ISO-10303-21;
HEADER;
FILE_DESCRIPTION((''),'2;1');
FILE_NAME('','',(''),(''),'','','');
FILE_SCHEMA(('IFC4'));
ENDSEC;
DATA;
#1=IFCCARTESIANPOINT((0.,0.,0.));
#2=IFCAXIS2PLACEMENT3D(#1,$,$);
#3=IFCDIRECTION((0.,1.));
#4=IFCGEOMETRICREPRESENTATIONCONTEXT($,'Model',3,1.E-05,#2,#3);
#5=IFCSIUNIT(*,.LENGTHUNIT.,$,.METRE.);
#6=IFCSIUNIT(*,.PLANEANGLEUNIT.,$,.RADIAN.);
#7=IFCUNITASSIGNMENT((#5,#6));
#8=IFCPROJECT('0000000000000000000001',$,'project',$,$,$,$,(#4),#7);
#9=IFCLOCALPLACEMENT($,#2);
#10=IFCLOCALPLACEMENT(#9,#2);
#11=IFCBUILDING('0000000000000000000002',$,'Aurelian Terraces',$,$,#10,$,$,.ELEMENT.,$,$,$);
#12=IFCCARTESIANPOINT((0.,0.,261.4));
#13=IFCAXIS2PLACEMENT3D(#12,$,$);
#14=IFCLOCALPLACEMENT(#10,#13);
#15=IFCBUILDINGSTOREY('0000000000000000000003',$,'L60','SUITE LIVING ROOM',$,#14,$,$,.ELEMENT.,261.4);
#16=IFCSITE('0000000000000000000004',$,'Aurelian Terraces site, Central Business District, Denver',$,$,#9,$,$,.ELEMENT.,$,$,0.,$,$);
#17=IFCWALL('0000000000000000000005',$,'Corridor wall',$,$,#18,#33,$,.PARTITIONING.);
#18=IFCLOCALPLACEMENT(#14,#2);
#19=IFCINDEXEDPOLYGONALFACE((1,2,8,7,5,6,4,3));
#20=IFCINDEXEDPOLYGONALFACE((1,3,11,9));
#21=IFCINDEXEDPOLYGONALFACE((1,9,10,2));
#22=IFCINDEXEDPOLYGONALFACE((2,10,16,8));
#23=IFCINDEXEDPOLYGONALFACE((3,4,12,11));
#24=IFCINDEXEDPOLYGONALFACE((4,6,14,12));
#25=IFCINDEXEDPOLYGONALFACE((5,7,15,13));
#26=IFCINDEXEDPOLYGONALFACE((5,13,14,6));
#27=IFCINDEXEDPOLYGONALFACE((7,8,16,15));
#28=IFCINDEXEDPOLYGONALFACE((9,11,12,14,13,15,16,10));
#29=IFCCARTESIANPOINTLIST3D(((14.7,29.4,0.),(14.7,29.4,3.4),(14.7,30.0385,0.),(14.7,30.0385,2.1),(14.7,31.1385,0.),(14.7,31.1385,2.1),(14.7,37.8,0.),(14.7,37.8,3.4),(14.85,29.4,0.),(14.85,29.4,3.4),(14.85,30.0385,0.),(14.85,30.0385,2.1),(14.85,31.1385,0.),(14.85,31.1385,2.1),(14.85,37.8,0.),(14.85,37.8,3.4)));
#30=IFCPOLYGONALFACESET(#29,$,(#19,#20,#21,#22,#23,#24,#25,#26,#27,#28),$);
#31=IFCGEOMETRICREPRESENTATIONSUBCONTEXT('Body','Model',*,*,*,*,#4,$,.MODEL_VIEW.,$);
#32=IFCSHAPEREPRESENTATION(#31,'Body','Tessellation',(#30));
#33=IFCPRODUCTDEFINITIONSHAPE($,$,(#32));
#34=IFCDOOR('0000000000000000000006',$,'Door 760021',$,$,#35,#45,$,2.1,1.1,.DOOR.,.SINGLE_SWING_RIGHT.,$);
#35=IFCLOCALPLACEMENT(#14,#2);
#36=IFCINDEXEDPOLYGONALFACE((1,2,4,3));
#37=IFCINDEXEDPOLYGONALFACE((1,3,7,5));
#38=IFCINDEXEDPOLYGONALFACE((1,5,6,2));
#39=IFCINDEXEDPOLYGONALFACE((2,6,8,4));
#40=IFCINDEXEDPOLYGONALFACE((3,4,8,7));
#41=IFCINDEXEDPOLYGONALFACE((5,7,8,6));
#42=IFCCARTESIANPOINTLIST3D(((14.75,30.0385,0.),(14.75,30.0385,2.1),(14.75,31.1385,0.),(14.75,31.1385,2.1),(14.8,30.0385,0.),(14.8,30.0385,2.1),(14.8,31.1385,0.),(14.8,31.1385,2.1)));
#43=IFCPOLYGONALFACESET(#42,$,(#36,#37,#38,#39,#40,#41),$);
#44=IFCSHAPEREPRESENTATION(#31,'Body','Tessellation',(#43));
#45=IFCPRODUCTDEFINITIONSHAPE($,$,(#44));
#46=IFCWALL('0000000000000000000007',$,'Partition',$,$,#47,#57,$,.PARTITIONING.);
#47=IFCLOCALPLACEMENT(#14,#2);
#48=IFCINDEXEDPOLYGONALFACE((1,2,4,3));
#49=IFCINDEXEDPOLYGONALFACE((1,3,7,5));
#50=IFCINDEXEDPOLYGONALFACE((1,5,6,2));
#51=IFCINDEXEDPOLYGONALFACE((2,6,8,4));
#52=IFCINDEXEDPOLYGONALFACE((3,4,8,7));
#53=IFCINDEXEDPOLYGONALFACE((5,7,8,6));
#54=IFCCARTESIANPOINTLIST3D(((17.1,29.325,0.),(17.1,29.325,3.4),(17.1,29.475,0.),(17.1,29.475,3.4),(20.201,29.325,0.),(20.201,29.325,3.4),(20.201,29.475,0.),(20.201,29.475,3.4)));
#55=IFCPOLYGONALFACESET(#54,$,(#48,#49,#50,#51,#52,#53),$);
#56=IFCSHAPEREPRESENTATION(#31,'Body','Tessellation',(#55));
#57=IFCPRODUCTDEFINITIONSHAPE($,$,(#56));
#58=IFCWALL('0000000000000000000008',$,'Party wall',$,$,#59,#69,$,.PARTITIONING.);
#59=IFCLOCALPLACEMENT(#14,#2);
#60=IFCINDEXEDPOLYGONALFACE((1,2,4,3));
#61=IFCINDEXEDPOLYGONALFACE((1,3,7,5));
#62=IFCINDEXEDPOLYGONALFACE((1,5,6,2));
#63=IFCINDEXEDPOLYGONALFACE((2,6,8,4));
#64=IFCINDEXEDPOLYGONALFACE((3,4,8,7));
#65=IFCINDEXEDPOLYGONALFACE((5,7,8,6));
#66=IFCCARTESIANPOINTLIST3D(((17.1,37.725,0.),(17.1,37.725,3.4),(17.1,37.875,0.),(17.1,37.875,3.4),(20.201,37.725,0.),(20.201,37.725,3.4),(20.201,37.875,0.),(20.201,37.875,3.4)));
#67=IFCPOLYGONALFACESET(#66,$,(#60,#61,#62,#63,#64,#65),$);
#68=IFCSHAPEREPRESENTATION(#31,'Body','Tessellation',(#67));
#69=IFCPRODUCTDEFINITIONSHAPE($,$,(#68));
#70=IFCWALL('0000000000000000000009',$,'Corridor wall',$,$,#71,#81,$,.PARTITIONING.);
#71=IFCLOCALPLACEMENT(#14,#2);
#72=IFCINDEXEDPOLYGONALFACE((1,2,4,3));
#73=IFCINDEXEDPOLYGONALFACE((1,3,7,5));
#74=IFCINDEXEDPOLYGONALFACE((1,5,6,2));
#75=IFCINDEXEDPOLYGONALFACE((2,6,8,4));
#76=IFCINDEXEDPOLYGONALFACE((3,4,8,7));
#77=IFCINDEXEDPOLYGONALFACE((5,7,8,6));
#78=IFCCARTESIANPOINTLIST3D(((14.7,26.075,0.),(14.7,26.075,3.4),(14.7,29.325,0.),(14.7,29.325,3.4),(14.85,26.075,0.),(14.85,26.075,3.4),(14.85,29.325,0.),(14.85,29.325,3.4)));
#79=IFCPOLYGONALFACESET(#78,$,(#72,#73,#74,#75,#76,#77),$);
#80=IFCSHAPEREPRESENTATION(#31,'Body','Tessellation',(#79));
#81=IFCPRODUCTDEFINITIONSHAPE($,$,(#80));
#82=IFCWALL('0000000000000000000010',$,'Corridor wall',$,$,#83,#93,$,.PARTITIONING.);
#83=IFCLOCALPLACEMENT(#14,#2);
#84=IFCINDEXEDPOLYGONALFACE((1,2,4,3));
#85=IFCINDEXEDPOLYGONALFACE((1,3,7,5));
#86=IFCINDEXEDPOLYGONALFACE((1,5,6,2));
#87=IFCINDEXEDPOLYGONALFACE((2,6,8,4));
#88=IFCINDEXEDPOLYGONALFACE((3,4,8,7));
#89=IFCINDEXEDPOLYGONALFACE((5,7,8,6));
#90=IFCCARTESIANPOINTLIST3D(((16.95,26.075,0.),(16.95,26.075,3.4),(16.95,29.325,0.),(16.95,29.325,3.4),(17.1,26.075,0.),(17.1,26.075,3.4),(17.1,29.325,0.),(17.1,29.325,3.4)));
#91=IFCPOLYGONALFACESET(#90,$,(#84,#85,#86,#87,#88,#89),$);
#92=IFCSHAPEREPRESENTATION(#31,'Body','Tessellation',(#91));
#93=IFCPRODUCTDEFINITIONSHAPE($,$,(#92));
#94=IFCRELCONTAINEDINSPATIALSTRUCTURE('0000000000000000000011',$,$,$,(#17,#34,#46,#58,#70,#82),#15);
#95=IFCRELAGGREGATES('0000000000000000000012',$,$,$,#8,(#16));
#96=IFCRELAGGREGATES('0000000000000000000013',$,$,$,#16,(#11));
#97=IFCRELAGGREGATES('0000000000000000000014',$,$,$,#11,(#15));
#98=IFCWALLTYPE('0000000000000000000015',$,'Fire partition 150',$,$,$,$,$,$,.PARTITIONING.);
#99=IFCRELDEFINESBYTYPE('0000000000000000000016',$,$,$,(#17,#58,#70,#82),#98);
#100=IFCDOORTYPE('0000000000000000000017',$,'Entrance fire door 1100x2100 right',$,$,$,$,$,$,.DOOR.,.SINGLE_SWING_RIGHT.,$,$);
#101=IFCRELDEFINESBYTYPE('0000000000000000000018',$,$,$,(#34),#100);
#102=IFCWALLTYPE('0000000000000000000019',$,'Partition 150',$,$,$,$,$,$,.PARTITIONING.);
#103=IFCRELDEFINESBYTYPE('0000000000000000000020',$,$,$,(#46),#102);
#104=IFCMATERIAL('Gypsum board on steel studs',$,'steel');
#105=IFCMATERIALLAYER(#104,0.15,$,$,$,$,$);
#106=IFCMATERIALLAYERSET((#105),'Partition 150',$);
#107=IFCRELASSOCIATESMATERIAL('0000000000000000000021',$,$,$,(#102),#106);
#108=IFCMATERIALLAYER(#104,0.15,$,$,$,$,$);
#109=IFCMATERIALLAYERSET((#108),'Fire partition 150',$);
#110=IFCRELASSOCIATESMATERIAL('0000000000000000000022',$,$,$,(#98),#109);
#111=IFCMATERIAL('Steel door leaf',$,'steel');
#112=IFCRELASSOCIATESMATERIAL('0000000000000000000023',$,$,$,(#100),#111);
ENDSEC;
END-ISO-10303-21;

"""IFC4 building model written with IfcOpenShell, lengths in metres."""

from ifc_helpers import new_model, si_unit, direction, frame, frame_2d, origin, place, context, subcontext, project, spatial, rectangle, extrude, source, transform, mapped, material, layer, layer_set, type_object, element, fill, save


model = new_model("IFC4")

# Units and contexts
model_context = context("Model", 3, precision=1e-05, world=origin(), true_north=direction((0.0, 1.0)))
body_context = subcontext(model_context, "Body", "Model", "MODEL_VIEW")
ifc_project = project(units=[si_unit("LENGTHUNIT", "METRE"), si_unit("PLANEANGLEUNIT", "RADIAN")], contexts=[model_context])

# Site, building, storey
site_placement = place(None, origin())
site = spatial("IfcSite", under=ifc_project, at=site_placement, Name="Aurelian Terraces site, Central Business District, Denver", CompositionType="ELEMENT", RefElevation=0.0)
building_placement = place(site_placement, origin())
building = spatial("IfcBuilding", under=site, at=building_placement, Name="Aurelian Terraces", CompositionType="ELEMENT")
storey_placement = place(building_placement, frame((0.0, 0.0, 261.4)))
storey = spatial("IfcBuildingStorey", under=building, at=storey_placement, Name="L60", Description="SUITE LIVING ROOM", CompositionType="ELEMENT", Elevation=261.4)

# Wall, opening, door
ifc_material_1 = material(Name="Gypsum board on steel studs", Category="steel")
ifc_layer_1 = layer(ifc_material_1, 0.15)
ifc_layer_set_1 = layer_set([ifc_layer_1], Name="Partition 150")
wall_type_1 = type_object("IfcWallType", Name="Partition 150", PredefinedType="PARTITIONING", material=ifc_layer_set_1)
ifc_layer_2 = layer(ifc_material_1, 0.15)
ifc_layer_set_2 = layer_set([ifc_layer_2], Name="Fire partition 150")
wall_type_2 = type_object("IfcWallType", Name="Fire partition 150", PredefinedType="PARTITIONING", material=ifc_layer_set_2)
shared_shape_1 = source(origin(), body_context, "Body", "SweptSolid", [
    extrude(rectangle(XDim=8.4, YDim=0.15, at=frame_2d((4.2, 0.0))), origin(), (0.0, 0.0, 1.0), 3.4),
])
wall_1_placement = place(storey_placement, frame((14.775, 29.4, 0.0), z_axis=(0.0, 0.0, 1.0), x_axis=(0.0, 1.0, 0.0)))
wall_1 = element("IfcWall", 1, at=wall_1_placement, inside=storey, type_object=wall_type_2, Name="Corridor wall", PredefinedType="PARTITIONING", context=body_context, shape_type="MappedRepresentation", body=[
    mapped(shared_shape_1, transform((0.0, 0.0, 0.0), scale=1.0)),
])
shared_shape_2 = source(origin(), body_context, "Body", "SweptSolid", [
    extrude(rectangle(XDim=1.1, YDim=2.1, at=frame_2d((0.55, 1.05))), frame((0.0, 0.085, 0.0), z_axis=(0.0, -1.0, 0.0), x_axis=(1.0, 0.0, 0.0)), (0.0, 0.0, 1.0), 0.17),
])
opening_1_placement = place(wall_1_placement, frame((0.6385, 0.0, 0.0)))
opening_1 = element("IfcOpeningElement", 2, at=opening_1_placement, cuts=wall_1, PredefinedType="OPENING", context=body_context, shape_type="MappedRepresentation", body=[
    mapped(shared_shape_2, transform((0.0, 0.0, 0.0), scale=1.0)),
])
ifc_material_2 = material(Name="Steel door leaf", Category="steel")
door_type_1 = type_object("IfcDoorType", Name="Entrance fire door 1100x2100 right", OperationType="SINGLE_SWING_RIGHT", PredefinedType="DOOR", material=ifc_material_2)
shared_shape_3 = source(origin(), body_context, "Body", "SweptSolid", [
    extrude(rectangle(XDim=1.1, YDim=2.1, at=frame_2d((0.55, 1.05))), frame((0.0, 0.025, 0.0), z_axis=(0.0, -1.0, 0.0), x_axis=(1.0, 0.0, 0.0)), (0.0, 0.0, 1.0), 0.05),
])
door_1_placement = place(opening_1_placement, origin())
door_1 = element("IfcDoor", 3, at=door_1_placement, inside=storey, type_object=door_type_1, Name="Door 760021", OperationType="SINGLE_SWING_RIGHT", OverallHeight=2.1, OverallWidth=1.1, PredefinedType="DOOR", context=body_context, shape_type="MappedRepresentation", body=[
    mapped(shared_shape_3, transform((0.0, 0.0, 0.0), scale=1.0)),
])
fill(opening_1, door_1)

# Walls
shared_shape_4 = source(origin(), body_context, "Body", "SweptSolid", [
    extrude(rectangle(XDim=3.101, YDim=0.15, at=frame_2d((1.5505, 0.0))), origin(), (0.0, 0.0, 1.0), 3.4),
])
wall_2_placement = place(storey_placement, frame((20.201, 29.4, 0.0), z_axis=(0.0, 0.0, 1.0), x_axis=(-1.0, 0.0, 0.0)))
element("IfcWall", 4, at=wall_2_placement, inside=storey, type_object=wall_type_1, Name="Partition", PredefinedType="PARTITIONING", context=body_context, shape_type="MappedRepresentation", body=[
    mapped(shared_shape_4, transform((0.0, 0.0, 0.0), scale=1.0)),
])
wall_3_placement = place(storey_placement, frame((20.201, 37.8, 0.0), z_axis=(0.0, 0.0, 1.0), x_axis=(-1.0, 0.0, 0.0)))
element("IfcWall", 5, at=wall_3_placement, inside=storey, type_object=wall_type_2, Name="Party wall", PredefinedType="PARTITIONING", context=body_context, shape_type="MappedRepresentation", body=[
    mapped(shared_shape_4, transform((0.0, 0.0, 0.0), scale=1.0)),
])
shared_shape_5 = source(origin(), body_context, "Body", "SweptSolid", [
    extrude(rectangle(XDim=3.25, YDim=0.15, at=frame_2d((1.625, 0.0))), origin(), (0.0, 0.0, 1.0), 3.4),
])
for number, where, z_axis, x_axis, name in (
    (6, (14.775, 26.075, 0.0), (0.0, 0.0, 1.0), (0.0, 1.0, 0.0), "Corridor wall"),
    (7, (17.025, 29.325, 0.0), (0.0, 0.0, 1.0), (0.0, -1.0, 0.0), "Corridor wall"),
):
    element("IfcWall", number, at=place(storey_placement, frame(where, z_axis=z_axis, x_axis=x_axis)), inside=storey, type_object=wall_type_2, Name=name, PredefinedType="PARTITIONING", context=body_context, shape_type="MappedRepresentation", body=[
        mapped(shared_shape_5, transform((0.0, 0.0, 0.0), scale=1.0)),
    ])

save(model, "model.ifc")
